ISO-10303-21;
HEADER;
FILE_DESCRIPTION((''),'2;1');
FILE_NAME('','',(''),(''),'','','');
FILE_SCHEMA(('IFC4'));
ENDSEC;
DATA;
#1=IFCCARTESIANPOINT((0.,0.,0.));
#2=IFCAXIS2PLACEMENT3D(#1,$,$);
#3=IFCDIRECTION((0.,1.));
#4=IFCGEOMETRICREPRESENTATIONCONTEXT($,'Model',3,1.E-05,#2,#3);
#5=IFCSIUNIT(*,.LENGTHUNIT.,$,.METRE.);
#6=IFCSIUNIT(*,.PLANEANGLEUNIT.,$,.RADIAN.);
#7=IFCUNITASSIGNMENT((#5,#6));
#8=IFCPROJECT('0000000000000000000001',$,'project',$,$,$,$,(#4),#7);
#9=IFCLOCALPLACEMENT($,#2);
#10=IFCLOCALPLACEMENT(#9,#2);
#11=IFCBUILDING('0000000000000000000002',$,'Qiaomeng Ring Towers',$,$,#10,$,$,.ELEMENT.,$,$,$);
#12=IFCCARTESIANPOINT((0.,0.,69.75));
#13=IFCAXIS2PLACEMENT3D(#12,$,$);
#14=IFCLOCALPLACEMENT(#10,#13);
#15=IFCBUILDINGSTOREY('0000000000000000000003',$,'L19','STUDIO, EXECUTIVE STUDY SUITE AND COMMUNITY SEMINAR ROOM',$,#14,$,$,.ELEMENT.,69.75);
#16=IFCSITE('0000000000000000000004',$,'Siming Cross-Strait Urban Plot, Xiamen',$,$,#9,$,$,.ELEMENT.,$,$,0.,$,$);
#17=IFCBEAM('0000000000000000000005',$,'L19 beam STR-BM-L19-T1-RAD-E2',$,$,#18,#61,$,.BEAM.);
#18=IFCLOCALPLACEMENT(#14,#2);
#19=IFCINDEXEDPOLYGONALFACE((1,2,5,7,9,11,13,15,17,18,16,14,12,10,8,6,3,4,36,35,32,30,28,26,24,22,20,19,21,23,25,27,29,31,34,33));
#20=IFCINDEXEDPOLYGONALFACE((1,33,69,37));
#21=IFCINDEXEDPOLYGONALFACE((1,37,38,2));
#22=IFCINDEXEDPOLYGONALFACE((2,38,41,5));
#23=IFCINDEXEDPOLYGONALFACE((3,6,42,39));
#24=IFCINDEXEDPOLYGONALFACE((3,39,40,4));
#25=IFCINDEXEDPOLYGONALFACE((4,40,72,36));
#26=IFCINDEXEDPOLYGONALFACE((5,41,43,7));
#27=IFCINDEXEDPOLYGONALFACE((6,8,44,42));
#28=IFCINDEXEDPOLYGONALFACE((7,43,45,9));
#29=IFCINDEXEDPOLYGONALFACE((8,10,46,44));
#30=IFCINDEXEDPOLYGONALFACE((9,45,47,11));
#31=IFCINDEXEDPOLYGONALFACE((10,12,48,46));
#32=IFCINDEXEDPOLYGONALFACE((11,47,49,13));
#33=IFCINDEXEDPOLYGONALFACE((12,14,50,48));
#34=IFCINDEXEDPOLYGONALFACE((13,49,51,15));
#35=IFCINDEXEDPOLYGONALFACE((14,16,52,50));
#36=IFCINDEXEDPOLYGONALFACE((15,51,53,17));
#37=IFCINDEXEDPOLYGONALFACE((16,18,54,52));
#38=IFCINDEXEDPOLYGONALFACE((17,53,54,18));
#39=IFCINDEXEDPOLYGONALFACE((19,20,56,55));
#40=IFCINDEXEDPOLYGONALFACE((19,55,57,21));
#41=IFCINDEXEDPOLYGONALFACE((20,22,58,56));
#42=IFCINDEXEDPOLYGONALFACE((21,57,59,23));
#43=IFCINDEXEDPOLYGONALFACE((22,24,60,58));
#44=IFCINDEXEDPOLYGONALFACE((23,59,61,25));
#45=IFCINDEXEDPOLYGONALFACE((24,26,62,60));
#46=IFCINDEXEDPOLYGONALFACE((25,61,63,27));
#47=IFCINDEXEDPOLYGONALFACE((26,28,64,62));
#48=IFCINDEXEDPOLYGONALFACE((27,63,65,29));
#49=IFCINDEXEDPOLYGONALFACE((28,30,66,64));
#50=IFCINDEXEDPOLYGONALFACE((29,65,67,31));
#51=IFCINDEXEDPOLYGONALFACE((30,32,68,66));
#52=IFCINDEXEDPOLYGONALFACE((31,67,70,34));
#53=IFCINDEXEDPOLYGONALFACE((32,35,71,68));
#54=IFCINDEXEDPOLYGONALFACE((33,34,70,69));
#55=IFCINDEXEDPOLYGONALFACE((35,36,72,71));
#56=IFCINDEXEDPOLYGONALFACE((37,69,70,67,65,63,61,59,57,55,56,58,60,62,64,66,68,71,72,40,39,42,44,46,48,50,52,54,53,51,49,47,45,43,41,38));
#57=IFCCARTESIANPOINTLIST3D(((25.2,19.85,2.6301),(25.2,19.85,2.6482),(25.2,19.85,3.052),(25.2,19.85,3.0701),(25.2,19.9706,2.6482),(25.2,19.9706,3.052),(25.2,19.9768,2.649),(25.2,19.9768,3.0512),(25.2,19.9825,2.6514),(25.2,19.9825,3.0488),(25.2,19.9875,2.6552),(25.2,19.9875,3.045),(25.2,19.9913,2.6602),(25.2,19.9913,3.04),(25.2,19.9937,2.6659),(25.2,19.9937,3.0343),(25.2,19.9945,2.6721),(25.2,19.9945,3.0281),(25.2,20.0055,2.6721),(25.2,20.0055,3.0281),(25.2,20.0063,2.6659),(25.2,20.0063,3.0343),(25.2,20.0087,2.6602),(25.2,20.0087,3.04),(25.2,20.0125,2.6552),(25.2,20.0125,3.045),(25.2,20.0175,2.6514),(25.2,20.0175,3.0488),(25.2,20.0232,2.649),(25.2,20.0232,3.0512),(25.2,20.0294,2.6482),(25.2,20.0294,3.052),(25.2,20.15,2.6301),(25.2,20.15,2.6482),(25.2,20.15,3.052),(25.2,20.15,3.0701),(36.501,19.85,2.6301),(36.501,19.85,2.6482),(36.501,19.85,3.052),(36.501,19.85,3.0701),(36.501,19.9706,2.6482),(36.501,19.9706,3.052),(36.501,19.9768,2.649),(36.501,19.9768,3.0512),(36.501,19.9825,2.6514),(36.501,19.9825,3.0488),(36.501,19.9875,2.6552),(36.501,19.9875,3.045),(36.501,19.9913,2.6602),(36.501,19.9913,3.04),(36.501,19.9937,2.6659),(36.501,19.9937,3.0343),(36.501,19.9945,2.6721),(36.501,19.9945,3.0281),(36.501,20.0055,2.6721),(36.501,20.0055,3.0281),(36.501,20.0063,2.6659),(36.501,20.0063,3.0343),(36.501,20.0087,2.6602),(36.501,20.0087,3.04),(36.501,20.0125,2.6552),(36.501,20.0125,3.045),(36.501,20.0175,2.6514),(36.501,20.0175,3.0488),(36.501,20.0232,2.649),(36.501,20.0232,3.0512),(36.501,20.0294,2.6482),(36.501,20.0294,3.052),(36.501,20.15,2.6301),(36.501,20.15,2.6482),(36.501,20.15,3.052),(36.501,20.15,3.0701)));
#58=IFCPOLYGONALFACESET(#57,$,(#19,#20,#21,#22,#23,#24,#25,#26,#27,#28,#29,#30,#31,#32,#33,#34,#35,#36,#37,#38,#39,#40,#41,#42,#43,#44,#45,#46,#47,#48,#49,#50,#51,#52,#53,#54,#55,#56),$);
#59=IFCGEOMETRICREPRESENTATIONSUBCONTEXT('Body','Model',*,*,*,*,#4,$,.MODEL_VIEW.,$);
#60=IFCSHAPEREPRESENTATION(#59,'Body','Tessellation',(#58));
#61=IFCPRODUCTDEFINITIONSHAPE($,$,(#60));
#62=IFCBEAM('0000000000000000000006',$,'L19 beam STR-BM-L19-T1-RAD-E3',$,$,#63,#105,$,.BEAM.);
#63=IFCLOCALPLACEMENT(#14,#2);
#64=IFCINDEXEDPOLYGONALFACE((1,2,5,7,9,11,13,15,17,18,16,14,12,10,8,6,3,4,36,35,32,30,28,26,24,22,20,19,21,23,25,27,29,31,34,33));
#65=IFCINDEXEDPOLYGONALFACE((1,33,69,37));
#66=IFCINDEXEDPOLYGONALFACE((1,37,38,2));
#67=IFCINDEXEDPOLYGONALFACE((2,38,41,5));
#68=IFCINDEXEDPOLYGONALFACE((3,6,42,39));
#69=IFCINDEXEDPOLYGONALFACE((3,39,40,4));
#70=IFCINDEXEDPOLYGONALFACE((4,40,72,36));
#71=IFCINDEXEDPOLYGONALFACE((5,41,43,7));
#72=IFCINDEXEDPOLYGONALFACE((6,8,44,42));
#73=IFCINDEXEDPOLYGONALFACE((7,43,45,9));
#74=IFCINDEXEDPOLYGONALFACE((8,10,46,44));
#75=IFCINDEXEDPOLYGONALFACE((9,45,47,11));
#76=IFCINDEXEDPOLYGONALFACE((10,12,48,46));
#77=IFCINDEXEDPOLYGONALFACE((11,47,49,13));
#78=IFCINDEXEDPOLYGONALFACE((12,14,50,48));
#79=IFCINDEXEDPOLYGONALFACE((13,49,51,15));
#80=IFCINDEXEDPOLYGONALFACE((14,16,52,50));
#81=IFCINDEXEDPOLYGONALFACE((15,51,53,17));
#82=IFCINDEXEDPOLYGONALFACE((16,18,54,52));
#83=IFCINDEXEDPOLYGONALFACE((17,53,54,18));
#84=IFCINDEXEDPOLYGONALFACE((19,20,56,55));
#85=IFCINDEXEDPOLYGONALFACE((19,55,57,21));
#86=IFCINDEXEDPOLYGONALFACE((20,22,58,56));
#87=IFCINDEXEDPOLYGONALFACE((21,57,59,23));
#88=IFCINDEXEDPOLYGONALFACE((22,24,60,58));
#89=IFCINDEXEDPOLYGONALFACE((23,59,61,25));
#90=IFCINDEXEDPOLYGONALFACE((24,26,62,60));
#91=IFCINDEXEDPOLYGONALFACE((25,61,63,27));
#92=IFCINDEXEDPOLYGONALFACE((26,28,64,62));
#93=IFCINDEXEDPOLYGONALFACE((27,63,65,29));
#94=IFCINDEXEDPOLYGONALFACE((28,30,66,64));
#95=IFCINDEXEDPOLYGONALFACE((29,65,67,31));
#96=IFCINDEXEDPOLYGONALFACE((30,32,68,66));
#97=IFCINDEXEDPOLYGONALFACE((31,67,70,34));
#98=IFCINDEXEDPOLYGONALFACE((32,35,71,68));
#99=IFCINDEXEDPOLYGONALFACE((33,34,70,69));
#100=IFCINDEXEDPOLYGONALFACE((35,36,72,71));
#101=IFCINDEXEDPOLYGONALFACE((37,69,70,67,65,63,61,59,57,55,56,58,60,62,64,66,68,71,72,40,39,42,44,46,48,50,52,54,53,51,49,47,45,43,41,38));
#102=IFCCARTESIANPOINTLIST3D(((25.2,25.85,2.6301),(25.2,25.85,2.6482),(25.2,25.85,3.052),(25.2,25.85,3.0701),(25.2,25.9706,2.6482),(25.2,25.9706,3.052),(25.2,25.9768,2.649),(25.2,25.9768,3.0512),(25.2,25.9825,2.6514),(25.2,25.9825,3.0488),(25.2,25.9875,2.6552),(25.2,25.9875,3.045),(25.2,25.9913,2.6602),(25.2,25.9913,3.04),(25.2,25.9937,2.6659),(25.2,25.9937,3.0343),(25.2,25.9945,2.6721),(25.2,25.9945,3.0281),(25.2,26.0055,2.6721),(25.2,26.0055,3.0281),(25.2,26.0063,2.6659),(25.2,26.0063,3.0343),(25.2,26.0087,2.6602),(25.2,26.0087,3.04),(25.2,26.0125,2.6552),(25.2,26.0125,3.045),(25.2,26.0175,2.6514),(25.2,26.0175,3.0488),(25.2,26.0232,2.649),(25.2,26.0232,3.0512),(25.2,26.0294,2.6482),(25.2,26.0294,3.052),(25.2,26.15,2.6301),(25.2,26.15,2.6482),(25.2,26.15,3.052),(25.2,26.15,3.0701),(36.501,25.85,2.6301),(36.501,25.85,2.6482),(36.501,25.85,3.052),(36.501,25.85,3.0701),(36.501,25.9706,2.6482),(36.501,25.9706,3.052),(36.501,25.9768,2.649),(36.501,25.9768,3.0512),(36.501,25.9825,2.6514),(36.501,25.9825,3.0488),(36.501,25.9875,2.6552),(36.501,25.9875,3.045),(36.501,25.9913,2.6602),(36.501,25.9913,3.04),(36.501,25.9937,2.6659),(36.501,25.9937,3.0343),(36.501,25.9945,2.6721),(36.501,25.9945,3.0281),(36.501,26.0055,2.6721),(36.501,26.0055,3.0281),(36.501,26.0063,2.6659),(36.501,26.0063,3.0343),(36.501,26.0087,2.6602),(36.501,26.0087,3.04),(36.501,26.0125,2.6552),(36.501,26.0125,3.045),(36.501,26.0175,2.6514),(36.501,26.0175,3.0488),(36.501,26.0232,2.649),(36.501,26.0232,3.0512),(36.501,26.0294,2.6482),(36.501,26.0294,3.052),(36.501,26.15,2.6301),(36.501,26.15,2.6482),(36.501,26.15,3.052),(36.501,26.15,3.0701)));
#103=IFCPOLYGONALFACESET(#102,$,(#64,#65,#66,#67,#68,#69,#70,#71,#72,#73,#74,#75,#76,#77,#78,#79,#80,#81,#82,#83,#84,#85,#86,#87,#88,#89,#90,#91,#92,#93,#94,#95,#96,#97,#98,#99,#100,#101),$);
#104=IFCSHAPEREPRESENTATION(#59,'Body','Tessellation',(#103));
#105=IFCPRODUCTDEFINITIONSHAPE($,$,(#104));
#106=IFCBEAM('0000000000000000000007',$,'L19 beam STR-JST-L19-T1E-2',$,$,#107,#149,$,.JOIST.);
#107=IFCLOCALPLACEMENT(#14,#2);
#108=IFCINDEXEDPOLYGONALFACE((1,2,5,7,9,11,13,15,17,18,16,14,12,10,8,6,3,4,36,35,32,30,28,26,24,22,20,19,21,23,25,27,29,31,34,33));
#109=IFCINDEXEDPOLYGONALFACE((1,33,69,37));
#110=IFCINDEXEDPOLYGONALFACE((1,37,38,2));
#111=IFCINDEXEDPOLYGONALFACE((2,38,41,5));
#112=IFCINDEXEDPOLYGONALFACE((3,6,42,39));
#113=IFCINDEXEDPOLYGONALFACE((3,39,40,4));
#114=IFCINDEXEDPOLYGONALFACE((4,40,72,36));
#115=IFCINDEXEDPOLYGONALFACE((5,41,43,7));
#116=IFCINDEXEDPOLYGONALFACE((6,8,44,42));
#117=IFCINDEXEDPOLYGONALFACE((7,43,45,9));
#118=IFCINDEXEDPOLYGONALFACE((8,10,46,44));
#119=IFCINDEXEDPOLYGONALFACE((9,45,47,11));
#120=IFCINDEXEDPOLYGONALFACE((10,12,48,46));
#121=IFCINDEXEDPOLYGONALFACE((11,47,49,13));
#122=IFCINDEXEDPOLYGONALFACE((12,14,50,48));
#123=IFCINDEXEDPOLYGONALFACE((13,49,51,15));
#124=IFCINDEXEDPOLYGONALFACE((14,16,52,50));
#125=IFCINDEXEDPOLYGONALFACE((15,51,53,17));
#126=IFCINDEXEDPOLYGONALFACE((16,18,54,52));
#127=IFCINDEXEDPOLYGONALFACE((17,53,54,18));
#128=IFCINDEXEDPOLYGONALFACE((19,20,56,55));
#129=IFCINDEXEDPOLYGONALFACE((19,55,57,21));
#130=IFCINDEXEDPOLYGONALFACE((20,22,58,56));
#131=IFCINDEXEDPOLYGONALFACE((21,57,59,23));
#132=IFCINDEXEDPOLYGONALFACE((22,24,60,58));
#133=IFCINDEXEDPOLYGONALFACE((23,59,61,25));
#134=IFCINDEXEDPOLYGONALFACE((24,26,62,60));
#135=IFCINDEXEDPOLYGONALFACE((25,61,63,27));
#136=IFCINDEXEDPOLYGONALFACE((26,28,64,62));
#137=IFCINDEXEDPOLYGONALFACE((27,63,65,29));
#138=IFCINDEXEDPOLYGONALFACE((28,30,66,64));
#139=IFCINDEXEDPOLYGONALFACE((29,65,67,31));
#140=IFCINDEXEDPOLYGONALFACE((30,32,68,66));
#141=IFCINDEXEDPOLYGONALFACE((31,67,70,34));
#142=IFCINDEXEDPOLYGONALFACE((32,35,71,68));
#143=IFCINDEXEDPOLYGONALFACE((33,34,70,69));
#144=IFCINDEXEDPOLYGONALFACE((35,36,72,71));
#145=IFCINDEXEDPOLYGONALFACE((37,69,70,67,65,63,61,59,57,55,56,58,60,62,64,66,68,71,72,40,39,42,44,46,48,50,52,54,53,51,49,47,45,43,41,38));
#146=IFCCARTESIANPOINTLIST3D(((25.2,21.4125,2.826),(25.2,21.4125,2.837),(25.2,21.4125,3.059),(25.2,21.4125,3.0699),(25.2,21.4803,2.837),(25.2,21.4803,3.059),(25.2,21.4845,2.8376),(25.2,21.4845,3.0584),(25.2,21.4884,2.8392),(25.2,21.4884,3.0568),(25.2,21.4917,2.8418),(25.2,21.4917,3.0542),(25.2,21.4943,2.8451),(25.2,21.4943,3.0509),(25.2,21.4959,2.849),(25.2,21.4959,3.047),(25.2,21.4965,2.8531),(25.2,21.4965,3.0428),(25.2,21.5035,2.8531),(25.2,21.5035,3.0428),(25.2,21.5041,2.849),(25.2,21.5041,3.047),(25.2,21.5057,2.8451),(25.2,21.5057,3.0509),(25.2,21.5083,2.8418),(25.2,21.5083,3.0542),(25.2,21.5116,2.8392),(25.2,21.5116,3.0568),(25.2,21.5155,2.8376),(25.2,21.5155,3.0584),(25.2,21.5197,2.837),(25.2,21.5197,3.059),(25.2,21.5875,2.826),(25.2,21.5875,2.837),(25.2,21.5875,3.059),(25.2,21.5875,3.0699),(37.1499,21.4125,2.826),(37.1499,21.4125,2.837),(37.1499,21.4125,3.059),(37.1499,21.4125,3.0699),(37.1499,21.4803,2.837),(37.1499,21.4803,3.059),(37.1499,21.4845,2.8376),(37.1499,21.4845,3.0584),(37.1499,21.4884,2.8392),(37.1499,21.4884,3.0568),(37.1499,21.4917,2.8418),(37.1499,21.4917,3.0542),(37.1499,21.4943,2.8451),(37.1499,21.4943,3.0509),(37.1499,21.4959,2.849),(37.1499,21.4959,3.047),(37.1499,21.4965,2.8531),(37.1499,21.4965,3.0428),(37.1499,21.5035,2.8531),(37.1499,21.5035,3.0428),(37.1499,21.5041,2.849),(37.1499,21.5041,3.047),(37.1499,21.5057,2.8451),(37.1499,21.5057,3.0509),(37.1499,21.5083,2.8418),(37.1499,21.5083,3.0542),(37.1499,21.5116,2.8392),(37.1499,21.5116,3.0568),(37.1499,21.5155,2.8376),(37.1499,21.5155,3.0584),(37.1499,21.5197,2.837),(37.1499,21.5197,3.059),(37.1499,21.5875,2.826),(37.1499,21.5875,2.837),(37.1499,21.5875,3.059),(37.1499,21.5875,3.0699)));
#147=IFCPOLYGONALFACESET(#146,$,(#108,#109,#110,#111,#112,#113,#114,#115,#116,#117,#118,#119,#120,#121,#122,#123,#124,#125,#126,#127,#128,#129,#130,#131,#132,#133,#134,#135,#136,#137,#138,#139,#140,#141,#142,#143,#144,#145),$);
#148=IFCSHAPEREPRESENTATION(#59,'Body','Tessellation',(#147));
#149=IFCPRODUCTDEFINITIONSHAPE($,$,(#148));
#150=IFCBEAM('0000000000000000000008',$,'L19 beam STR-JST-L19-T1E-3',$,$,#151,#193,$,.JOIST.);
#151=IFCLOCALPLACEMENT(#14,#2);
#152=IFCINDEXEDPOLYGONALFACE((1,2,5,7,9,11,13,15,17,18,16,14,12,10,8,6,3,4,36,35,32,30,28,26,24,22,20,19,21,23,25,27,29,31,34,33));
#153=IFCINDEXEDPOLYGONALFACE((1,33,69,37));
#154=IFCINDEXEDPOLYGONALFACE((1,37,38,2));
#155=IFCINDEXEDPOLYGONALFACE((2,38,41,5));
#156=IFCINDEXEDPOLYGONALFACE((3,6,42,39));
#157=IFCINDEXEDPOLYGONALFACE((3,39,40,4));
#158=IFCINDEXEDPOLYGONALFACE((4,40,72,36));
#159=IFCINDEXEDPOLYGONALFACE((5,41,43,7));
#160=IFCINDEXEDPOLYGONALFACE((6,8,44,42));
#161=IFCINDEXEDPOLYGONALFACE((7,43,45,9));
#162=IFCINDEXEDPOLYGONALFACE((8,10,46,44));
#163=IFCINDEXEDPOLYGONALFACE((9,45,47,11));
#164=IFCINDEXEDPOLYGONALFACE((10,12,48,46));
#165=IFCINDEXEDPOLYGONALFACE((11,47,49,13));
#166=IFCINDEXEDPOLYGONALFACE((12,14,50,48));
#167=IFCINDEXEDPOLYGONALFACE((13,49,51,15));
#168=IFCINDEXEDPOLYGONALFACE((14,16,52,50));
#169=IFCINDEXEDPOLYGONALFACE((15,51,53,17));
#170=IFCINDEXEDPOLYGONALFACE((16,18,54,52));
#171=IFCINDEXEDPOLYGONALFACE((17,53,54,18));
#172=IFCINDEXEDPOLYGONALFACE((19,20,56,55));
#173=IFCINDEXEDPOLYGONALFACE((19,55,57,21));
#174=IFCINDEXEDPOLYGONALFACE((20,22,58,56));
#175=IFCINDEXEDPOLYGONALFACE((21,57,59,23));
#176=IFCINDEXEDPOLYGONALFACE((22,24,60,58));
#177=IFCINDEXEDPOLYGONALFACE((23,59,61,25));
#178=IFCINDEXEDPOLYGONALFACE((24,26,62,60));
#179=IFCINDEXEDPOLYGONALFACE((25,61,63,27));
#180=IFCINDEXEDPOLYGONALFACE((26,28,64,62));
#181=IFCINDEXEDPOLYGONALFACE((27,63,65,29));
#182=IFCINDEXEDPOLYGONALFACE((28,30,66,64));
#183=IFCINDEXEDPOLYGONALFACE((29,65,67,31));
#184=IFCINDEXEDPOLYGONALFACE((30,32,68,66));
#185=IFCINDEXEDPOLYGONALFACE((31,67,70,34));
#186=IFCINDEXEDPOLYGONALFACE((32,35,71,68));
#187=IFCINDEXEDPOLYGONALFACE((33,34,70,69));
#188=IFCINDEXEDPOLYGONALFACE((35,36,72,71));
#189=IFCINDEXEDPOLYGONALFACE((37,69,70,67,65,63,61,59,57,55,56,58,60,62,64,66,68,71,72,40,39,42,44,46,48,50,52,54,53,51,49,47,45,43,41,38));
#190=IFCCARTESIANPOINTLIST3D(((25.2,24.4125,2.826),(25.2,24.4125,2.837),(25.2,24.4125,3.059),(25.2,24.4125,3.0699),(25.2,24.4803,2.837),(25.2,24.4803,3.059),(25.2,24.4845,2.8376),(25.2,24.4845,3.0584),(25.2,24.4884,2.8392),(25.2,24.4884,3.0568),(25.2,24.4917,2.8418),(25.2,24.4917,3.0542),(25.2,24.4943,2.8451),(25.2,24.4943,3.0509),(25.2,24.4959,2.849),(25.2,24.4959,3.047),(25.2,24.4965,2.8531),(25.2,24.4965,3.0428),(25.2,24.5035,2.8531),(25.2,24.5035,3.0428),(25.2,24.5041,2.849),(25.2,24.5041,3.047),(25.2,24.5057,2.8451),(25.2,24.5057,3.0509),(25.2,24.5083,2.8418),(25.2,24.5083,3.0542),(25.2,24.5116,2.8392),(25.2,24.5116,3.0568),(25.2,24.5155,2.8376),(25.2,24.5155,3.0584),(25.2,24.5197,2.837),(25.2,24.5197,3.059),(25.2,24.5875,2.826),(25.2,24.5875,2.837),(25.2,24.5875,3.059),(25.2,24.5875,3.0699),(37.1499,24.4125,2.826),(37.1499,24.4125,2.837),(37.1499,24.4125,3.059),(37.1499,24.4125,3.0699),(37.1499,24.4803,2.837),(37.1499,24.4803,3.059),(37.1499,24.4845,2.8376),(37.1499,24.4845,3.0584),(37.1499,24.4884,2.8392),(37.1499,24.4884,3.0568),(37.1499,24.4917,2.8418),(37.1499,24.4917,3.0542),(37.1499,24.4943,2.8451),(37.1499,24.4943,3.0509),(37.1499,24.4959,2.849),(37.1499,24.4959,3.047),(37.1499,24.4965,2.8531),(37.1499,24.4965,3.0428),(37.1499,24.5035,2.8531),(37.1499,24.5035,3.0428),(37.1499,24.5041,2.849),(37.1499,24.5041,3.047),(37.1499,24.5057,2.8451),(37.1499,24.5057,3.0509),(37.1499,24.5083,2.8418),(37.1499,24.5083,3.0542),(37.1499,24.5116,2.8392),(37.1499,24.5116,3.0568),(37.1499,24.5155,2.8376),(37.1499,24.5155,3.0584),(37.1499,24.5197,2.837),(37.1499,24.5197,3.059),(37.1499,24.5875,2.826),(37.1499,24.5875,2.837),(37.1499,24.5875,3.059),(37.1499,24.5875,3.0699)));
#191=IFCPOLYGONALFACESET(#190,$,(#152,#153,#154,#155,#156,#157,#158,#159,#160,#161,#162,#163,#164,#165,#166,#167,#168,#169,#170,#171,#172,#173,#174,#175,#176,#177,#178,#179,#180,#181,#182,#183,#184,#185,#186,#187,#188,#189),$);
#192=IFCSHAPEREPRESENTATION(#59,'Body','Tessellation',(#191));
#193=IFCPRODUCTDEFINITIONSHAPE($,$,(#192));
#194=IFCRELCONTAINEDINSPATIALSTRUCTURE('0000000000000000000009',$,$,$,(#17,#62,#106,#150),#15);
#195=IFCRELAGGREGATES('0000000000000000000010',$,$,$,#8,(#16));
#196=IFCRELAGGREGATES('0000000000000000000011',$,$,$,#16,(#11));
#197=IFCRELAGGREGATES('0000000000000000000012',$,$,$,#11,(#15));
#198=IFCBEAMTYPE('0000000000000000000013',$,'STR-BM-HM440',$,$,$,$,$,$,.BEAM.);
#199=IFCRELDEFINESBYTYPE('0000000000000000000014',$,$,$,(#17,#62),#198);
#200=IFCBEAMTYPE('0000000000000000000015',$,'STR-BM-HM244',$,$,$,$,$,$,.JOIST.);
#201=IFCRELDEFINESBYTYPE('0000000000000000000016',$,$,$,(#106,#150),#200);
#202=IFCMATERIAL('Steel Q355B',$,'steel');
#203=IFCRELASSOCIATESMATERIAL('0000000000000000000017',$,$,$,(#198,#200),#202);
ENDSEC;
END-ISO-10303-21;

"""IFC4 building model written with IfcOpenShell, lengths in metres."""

from ifc_helpers import new_model, si_unit, direction, frame, origin, origin_2d, place, context, subcontext, project, spatial, i_section, extrude, source, transform, mapped, material, material_profile, profile_set, type_object, element, save


model = new_model("IFC4")

# Units and contexts
model_context = context("Model", 3, precision=1e-05, world=origin(), true_north=direction((0.0, 1.0)))
body_context = subcontext(model_context, "Body", "Model", "MODEL_VIEW")
ifc_project = project(units=[si_unit("LENGTHUNIT", "METRE"), si_unit("PLANEANGLEUNIT", "RADIAN")], contexts=[model_context])

# Site, building, storey
site_placement = place(None, origin())
site = spatial("IfcSite", under=ifc_project, at=site_placement, Name="Siming Cross-Strait Urban Plot, Xiamen", CompositionType="ELEMENT", RefElevation=0.0)
building_placement = place(site_placement, origin())
building = spatial("IfcBuilding", under=site, at=building_placement, Name="Qiaomeng Ring Towers", CompositionType="ELEMENT")
storey_placement = place(building_placement, frame((0.0, 0.0, 69.75)))
storey = spatial("IfcBuildingStorey", under=building, at=storey_placement, Name="L19", Description="STUDIO, EXECUTIVE STUDY SUITE AND COMMUNITY SEMINAR ROOM", CompositionType="ELEMENT", Elevation=69.75)

# Beams
ifc_material_1 = material(Name="Steel Q355B", Category="steel")
ifc_material_profile_1 = material_profile(ifc_material_1, i_section(OverallWidth=0.3, OverallDepth=0.4399, WebThickness=0.011, FlangeThickness=0.0181, FilletRadius=0.0239, at=origin_2d()), Name="HM 440x300x11x18")
ifc_profile_set_1 = profile_set([ifc_material_profile_1], Name="Steel Q355B")
beam_type_1 = type_object("IfcBeamType", Name="STR-BM-HM440", PredefinedType="BEAM", material=ifc_profile_set_1)
shared_shape_1 = source(origin(), body_context, "Body", "SweptSolid", [
    extrude(i_section(OverallWidth=0.3, OverallDepth=0.4399, WebThickness=0.011, FlangeThickness=0.0181, FilletRadius=0.0239, at=origin_2d()), origin(), (0.0, 0.0, 1.0), 11.301),
])
for number, where, z_axis, x_axis, name in (
    (1, (25.2, 20.0, 2.8501), (1.0, 0.0, 0.0), (0.0, 1.0, 0.0), "L19 beam STR-BM-L19-T1-RAD-E2"),
    (2, (25.2, 26.0, 2.8501), (1.0, 0.0, 0.0), (0.0, 1.0, 0.0), "L19 beam STR-BM-L19-T1-RAD-E3"),
):
    element("IfcBeam", number, at=place(storey_placement, frame(where, z_axis=z_axis, x_axis=x_axis)), inside=storey, type_object=beam_type_1, Name=name, PredefinedType="BEAM", context=body_context, shape_type="MappedRepresentation", body=[
        mapped(shared_shape_1, transform((0.0, 0.0, 0.0), x_axis=(1.0, 0.0, 0.0), y_axis=(0.0, 1.0, 0.0), z_axis=(0.0, 0.0, 1.0), scale=1.0)),
    ])
ifc_material_profile_2 = material_profile(ifc_material_1, i_section(OverallWidth=0.175, OverallDepth=0.2439, WebThickness=0.0071, FlangeThickness=0.011, FilletRadius=0.0161, at=origin_2d()), Name="HM 244x175x7x11")
ifc_profile_set_2 = profile_set([ifc_material_profile_2], Name="Steel Q355B")
beam_type_2 = type_object("IfcBeamType", Name="STR-BM-HM244", PredefinedType="JOIST", material=ifc_profile_set_2)
shared_shape_2 = source(origin(), body_context, "Body", "SweptSolid", [
    extrude(i_section(OverallWidth=0.175, OverallDepth=0.2439, WebThickness=0.0071, FlangeThickness=0.011, FilletRadius=0.0161, at=origin_2d()), origin(), (0.0, 0.0, 1.0), 11.95),
])
for number, where, z_axis, x_axis, name in (
    (3, (25.2, 21.5, 2.948), (1.0, 0.0, 0.0), (0.0, 1.0, 0.0), "L19 beam STR-JST-L19-T1E-2"),
    (4, (25.2, 24.5, 2.948), (1.0, 0.0, 0.0), (0.0, 1.0, 0.0), "L19 beam STR-JST-L19-T1E-3"),
):
    element("IfcBeam", number, at=place(storey_placement, frame(where, z_axis=z_axis, x_axis=x_axis)), inside=storey, type_object=beam_type_2, Name=name, PredefinedType="JOIST", context=body_context, shape_type="MappedRepresentation", body=[
        mapped(shared_shape_2, transform((0.0, 0.0, 0.0), x_axis=(1.0, 0.0, 0.0), y_axis=(0.0, 1.0, 0.0), z_axis=(0.0, 0.0, 1.0), scale=1.0)),
    ])

save(model, "model.ifc")
